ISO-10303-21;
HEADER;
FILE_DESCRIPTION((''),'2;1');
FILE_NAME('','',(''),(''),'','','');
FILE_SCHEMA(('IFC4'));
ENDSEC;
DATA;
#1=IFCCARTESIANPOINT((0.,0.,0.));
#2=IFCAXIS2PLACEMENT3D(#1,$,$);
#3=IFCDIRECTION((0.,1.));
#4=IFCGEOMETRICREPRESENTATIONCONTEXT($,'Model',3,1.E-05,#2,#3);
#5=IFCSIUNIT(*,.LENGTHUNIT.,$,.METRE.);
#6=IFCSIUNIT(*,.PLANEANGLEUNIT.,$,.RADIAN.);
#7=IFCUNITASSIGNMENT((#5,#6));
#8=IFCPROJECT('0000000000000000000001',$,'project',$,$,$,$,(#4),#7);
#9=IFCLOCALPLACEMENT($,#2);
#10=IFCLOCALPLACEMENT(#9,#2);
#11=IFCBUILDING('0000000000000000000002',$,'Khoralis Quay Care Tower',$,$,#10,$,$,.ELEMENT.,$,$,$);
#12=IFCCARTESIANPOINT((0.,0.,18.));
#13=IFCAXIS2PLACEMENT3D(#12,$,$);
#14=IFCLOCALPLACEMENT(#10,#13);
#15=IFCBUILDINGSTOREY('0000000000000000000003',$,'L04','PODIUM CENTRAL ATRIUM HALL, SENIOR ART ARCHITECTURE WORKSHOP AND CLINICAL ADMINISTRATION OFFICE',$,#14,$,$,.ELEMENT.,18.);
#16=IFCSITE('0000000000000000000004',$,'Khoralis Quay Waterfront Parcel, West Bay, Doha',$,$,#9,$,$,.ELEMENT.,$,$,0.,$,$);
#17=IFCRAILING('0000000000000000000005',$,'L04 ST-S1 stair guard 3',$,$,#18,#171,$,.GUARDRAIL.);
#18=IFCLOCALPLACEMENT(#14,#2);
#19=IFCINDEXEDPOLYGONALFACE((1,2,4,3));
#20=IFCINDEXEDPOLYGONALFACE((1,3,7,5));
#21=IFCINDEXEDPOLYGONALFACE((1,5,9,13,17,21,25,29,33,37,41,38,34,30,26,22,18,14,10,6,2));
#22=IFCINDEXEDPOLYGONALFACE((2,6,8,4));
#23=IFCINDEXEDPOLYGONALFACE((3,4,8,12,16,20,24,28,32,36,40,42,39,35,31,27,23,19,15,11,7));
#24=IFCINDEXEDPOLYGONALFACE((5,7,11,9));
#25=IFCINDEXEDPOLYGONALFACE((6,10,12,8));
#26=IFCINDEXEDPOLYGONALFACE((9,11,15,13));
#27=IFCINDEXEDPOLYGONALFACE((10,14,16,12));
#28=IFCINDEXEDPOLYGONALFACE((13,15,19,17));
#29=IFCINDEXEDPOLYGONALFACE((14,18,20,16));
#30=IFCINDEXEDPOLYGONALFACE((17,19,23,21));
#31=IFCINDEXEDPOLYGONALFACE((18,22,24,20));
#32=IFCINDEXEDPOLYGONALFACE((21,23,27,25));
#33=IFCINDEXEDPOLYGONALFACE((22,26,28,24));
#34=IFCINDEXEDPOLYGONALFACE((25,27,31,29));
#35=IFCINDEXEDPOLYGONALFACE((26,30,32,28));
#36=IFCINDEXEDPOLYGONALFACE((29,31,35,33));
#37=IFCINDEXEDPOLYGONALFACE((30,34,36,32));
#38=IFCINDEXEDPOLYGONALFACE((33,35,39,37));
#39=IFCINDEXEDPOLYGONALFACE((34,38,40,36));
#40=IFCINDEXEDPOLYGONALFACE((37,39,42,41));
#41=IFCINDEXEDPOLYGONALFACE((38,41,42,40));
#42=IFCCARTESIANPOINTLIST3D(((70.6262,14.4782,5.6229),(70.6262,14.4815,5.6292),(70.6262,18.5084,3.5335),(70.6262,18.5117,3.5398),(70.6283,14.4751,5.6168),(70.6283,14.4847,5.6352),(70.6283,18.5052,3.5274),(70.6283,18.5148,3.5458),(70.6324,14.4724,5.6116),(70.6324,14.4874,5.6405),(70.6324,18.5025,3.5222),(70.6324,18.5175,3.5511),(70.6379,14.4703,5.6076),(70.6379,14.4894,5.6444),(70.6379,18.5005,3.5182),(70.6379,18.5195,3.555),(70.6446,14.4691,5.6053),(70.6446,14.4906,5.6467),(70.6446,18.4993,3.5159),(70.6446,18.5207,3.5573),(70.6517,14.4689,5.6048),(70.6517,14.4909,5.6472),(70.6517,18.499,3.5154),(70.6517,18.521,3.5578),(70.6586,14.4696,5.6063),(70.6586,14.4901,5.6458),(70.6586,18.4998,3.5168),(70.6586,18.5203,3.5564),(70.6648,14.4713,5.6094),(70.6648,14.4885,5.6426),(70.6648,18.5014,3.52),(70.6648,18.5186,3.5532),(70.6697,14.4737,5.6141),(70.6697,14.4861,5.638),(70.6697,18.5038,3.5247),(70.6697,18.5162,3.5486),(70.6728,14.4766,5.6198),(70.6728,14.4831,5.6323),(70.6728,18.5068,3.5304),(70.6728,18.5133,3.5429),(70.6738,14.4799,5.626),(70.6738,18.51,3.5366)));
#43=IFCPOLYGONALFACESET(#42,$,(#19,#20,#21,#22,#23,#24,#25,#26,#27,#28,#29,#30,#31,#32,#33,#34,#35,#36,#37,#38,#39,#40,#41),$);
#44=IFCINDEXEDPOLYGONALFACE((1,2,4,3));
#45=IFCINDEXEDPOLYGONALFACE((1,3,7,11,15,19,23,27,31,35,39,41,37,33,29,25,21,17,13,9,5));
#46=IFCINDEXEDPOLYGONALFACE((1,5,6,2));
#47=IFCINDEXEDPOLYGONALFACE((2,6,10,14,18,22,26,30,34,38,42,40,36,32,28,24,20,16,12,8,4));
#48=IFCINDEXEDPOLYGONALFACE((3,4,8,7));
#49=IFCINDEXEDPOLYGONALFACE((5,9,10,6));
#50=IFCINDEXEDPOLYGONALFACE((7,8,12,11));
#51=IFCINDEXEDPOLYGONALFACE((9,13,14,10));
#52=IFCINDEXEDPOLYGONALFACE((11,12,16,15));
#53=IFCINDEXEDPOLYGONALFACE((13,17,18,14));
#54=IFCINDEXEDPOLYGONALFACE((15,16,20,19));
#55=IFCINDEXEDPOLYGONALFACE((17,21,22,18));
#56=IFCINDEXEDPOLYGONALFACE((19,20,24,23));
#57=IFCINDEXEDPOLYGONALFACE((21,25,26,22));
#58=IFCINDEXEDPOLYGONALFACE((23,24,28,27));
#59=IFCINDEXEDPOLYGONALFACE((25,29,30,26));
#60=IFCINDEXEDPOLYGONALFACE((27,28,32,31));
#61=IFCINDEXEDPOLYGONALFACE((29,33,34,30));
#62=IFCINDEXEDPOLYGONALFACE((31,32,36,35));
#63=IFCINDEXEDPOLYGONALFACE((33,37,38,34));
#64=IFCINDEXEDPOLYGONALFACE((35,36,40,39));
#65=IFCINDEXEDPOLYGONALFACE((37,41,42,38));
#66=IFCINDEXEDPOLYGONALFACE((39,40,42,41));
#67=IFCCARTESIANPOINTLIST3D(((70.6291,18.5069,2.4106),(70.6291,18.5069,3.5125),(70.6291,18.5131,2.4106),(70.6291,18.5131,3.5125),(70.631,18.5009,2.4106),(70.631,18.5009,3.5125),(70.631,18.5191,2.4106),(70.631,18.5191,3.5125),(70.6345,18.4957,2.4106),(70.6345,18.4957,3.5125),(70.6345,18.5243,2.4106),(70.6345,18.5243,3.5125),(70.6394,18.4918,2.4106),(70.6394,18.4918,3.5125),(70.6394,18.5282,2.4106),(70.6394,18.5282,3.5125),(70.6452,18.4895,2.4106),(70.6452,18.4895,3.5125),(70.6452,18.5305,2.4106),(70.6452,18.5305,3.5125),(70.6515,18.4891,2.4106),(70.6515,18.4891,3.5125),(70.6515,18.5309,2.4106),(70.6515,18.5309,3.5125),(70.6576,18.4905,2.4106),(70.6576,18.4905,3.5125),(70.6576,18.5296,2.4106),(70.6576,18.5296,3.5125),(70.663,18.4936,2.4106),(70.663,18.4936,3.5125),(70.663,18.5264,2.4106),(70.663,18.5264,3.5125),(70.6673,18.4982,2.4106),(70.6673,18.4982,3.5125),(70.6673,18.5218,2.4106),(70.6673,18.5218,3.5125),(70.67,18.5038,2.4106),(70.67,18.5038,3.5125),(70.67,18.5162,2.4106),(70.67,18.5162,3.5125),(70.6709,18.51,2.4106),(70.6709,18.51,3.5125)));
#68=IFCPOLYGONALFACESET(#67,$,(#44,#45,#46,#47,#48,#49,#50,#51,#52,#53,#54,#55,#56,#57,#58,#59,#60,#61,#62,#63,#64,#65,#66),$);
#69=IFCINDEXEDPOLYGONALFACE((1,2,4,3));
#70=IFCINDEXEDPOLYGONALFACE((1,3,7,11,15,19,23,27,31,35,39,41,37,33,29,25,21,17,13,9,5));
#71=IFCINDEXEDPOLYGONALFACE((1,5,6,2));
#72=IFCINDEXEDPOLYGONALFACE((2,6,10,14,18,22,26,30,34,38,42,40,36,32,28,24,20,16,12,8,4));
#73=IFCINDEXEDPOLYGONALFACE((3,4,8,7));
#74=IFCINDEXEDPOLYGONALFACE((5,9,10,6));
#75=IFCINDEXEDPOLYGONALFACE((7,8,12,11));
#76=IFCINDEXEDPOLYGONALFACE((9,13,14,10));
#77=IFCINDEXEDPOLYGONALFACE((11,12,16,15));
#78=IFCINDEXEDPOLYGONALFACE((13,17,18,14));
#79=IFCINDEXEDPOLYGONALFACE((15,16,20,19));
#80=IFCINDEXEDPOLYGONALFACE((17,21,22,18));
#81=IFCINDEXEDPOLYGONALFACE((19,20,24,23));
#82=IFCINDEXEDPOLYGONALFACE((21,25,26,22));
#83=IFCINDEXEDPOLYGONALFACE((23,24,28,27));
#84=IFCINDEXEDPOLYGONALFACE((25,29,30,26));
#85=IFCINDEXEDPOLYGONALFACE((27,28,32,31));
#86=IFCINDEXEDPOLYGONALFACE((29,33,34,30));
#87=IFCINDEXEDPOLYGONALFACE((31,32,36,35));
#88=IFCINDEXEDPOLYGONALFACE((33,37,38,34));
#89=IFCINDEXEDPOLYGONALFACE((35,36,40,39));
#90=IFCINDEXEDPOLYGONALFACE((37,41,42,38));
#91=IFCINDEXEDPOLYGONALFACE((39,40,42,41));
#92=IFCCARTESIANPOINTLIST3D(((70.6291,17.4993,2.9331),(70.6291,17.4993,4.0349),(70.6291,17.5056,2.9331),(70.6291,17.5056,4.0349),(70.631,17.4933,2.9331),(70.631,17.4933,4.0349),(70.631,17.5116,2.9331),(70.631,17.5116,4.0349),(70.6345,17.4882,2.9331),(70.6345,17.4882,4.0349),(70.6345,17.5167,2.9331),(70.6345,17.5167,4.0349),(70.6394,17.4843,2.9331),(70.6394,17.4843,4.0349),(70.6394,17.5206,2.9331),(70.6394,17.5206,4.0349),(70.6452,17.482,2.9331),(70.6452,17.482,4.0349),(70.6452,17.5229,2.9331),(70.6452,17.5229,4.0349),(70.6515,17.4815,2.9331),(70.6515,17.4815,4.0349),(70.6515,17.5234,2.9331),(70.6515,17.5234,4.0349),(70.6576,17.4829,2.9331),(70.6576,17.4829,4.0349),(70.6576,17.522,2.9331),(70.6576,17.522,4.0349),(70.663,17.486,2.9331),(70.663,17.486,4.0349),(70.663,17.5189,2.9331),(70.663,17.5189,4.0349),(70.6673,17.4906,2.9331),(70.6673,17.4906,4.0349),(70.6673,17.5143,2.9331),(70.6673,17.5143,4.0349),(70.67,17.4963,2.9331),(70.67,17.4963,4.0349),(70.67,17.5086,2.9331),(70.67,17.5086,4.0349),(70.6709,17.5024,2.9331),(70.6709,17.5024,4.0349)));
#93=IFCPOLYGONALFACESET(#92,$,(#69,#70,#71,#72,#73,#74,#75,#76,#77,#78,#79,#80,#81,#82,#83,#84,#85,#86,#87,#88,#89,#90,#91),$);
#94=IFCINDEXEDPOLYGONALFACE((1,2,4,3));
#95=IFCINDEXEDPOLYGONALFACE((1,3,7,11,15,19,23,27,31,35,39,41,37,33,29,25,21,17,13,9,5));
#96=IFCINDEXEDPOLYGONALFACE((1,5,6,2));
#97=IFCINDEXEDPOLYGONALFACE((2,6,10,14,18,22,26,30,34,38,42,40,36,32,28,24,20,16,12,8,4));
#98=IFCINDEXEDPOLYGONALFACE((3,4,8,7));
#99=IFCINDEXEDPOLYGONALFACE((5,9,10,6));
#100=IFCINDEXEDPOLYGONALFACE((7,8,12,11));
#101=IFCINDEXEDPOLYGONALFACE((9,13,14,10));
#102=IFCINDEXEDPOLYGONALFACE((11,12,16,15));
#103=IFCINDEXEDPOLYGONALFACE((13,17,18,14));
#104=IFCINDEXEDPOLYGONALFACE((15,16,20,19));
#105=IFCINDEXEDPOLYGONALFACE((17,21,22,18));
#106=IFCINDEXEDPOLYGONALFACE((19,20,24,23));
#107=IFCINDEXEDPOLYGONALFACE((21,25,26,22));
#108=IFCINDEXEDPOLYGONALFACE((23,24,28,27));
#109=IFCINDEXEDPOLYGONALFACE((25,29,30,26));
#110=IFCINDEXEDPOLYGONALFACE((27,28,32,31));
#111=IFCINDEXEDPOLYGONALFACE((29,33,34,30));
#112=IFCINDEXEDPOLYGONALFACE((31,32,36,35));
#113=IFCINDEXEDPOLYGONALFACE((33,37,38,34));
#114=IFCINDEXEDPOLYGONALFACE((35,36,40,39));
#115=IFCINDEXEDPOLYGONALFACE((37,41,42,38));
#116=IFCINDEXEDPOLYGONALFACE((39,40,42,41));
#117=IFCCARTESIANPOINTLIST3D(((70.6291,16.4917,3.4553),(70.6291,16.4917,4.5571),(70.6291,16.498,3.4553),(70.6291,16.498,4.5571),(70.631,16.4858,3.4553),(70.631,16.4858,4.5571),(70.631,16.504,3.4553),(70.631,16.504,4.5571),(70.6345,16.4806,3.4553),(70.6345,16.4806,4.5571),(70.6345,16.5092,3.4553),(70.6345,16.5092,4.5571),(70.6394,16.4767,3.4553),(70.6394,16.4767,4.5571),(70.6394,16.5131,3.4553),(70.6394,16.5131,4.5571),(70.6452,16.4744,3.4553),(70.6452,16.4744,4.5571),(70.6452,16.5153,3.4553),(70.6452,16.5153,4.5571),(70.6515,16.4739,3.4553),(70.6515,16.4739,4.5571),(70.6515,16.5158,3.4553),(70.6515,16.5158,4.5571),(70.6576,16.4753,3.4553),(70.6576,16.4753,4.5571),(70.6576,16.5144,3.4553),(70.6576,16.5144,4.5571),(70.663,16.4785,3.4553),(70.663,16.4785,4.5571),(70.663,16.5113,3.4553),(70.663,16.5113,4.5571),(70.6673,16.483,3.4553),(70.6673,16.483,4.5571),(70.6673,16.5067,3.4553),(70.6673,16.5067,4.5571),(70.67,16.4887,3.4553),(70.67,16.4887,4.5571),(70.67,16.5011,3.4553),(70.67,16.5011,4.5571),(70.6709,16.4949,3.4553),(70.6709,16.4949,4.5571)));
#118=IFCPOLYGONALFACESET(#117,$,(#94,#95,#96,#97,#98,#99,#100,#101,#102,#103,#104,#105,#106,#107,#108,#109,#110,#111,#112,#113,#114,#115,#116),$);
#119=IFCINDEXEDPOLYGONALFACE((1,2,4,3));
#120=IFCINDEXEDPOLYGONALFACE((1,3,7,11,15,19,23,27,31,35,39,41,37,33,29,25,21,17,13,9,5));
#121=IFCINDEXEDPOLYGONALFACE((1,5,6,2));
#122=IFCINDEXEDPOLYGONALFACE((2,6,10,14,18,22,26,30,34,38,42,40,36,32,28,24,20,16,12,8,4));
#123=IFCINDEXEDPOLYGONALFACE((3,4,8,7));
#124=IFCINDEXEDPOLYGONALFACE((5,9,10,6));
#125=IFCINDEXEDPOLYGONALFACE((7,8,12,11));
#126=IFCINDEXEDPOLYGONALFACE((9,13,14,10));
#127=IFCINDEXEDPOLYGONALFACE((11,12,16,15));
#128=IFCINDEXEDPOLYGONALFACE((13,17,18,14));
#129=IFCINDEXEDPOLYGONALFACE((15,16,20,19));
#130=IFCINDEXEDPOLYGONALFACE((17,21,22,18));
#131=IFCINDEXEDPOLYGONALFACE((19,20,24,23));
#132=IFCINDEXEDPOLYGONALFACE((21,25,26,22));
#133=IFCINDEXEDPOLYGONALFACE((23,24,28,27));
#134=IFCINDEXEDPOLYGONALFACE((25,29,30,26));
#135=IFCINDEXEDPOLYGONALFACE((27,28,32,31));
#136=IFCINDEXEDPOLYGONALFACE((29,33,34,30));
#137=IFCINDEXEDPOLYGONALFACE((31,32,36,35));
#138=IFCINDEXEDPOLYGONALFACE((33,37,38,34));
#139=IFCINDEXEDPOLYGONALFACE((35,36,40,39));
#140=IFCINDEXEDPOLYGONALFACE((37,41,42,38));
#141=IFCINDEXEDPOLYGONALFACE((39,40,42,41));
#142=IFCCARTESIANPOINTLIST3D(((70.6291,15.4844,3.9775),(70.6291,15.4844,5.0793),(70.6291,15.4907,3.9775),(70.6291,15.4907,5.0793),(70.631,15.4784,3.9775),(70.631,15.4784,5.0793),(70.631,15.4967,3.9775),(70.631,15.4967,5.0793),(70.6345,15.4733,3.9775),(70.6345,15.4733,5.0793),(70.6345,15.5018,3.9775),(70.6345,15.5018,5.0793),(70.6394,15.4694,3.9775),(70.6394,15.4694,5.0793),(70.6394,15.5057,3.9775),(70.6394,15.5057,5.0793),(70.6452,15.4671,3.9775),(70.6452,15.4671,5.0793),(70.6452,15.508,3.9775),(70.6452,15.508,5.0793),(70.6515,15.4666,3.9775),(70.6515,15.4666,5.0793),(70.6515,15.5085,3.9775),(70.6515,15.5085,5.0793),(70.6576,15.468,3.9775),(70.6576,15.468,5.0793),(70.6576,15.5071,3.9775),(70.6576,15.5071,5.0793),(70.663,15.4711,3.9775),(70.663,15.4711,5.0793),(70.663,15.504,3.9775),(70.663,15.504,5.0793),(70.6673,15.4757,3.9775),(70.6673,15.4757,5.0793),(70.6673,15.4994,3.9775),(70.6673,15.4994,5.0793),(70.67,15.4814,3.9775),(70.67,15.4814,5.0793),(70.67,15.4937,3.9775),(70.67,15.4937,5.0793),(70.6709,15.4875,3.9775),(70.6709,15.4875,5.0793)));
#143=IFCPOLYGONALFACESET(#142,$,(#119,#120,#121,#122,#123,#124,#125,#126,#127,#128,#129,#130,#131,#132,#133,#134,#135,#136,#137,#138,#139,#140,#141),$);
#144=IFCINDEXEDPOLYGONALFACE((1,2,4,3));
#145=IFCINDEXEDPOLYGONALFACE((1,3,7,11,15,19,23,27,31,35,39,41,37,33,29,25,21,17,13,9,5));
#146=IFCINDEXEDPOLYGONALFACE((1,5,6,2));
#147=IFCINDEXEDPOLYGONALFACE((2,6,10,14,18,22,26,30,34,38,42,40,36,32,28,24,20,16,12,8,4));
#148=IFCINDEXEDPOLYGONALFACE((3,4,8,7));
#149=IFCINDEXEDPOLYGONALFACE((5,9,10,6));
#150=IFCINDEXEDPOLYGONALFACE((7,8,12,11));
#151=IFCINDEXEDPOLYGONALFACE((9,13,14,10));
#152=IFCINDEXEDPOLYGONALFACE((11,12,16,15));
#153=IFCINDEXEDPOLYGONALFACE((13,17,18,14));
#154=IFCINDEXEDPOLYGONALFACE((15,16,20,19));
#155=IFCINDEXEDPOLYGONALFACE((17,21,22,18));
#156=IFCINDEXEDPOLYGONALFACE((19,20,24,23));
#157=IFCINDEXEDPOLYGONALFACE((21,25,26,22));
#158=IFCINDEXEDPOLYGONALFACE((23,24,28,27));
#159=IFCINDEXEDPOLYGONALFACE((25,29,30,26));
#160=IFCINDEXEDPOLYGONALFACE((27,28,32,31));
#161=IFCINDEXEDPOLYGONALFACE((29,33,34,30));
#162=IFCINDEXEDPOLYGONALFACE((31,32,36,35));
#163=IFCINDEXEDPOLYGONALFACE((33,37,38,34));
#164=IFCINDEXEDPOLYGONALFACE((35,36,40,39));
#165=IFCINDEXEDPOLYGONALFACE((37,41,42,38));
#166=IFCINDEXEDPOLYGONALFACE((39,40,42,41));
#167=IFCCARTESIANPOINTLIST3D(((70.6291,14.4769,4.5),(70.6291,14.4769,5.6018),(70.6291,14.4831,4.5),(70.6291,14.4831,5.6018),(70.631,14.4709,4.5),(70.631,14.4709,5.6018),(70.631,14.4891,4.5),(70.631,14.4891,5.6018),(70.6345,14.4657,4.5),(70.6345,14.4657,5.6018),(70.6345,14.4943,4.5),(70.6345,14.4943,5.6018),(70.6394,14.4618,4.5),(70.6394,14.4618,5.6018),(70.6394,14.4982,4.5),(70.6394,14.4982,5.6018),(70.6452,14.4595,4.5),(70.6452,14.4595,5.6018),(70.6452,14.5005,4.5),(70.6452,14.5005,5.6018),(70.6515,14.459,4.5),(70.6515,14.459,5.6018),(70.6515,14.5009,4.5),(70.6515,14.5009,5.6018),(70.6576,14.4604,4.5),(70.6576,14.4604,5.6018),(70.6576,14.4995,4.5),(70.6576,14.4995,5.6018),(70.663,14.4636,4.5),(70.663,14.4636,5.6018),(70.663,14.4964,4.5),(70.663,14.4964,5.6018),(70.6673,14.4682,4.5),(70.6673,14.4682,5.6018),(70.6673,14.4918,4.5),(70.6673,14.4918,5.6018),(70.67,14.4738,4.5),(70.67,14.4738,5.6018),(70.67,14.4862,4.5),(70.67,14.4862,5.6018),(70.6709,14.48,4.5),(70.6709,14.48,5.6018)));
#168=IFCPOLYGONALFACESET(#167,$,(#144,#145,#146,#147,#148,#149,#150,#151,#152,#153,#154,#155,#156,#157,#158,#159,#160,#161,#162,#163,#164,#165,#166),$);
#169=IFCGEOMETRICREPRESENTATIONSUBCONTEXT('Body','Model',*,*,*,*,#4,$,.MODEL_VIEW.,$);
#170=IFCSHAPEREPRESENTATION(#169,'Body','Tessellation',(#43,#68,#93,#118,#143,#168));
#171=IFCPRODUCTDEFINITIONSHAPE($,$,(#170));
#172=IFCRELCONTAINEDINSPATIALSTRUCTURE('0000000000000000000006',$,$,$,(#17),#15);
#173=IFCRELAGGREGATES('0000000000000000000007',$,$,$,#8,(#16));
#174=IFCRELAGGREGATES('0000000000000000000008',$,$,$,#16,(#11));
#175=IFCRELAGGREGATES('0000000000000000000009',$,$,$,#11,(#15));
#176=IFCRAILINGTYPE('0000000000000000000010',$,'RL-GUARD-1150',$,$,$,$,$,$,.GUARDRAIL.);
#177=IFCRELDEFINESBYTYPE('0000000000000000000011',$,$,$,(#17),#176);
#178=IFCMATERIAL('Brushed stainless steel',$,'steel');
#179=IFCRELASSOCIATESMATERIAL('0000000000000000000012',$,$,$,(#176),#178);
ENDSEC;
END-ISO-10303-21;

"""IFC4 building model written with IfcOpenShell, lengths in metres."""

from ifc_helpers import new_model, si_unit, direction, frame, origin, origin_2d, place, context, subcontext, project, spatial, circle, extrude, material, type_object, element, save


model = new_model("IFC4")

# Units and contexts
model_context = context("Model", 3, precision=1e-05, world=origin(), true_north=direction((0.0, 1.0)))
body_context = subcontext(model_context, "Body", "Model", "MODEL_VIEW")
ifc_project = project(units=[si_unit("LENGTHUNIT", "METRE"), si_unit("PLANEANGLEUNIT", "RADIAN")], contexts=[model_context])

# Site, building, storey
site_placement = place(None, origin())
site = spatial("IfcSite", under=ifc_project, at=site_placement, Name="Khoralis Quay Waterfront Parcel, West Bay, Doha", CompositionType="ELEMENT", RefElevation=0.0)
building_placement = place(site_placement, origin())
building = spatial("IfcBuilding", under=site, at=building_placement, Name="Khoralis Quay Care Tower", CompositionType="ELEMENT")
storey_placement = place(building_placement, frame((0.0, 0.0, 18.0)))
storey = spatial("IfcBuildingStorey", under=building, at=storey_placement, Name="L04", Description="PODIUM CENTRAL ATRIUM HALL, SENIOR ART ARCHITECTURE WORKSHOP AND CLINICAL ADMINISTRATION OFFICE", CompositionType="ELEMENT", Elevation=18.0)

# Railing
ifc_material_1 = material(Name="Brushed stainless steel", Category="steel")
railing_type_1 = type_object("IfcRailingType", Name="RL-GUARD-1150", PredefinedType="GUARDRAIL", material=ifc_material_1)
railing_1_placement = place(storey_placement, frame((70.6499, 18.51, 2.4106)))
element("IfcRailing", 1, at=railing_1_placement, inside=storey, type_object=railing_type_1, Name="L04 ST-S1 stair guard 3", PredefinedType="GUARDRAIL", context=body_context, shape_type="SweptSolid", body=[
    extrude(circle(Radius=0.0239, at=origin_2d()), frame((0.0, 0.0, 1.126), z_axis=(0.0, -0.887781, 0.460267), x_axis=(1.0, 0.0, 0.0)), (0.0, 0.0, 1.0), 4.5396),
    extrude(circle(Radius=0.021, at=origin_2d()), origin(), (0.0, 0.0, 1.0), 1.1018),
    extrude(circle(Radius=0.021, at=origin_2d()), frame((0.0, -1.0076, 0.5225)), (0.0, 0.0, 1.0), 1.1018),
    extrude(circle(Radius=0.021, at=origin_2d()), frame((0.0, -2.0151, 1.0447)), (0.0, 0.0, 1.0), 1.1018),
    extrude(circle(Radius=0.021, at=origin_2d()), frame((0.0, -3.0225, 1.5669)), (0.0, 0.0, 1.0), 1.1018),
    extrude(circle(Radius=0.021, at=origin_2d()), frame((0.0, -4.03, 2.0894)), (0.0, 0.0, 1.0), 1.1018),
])

save(model, "model.ifc")
